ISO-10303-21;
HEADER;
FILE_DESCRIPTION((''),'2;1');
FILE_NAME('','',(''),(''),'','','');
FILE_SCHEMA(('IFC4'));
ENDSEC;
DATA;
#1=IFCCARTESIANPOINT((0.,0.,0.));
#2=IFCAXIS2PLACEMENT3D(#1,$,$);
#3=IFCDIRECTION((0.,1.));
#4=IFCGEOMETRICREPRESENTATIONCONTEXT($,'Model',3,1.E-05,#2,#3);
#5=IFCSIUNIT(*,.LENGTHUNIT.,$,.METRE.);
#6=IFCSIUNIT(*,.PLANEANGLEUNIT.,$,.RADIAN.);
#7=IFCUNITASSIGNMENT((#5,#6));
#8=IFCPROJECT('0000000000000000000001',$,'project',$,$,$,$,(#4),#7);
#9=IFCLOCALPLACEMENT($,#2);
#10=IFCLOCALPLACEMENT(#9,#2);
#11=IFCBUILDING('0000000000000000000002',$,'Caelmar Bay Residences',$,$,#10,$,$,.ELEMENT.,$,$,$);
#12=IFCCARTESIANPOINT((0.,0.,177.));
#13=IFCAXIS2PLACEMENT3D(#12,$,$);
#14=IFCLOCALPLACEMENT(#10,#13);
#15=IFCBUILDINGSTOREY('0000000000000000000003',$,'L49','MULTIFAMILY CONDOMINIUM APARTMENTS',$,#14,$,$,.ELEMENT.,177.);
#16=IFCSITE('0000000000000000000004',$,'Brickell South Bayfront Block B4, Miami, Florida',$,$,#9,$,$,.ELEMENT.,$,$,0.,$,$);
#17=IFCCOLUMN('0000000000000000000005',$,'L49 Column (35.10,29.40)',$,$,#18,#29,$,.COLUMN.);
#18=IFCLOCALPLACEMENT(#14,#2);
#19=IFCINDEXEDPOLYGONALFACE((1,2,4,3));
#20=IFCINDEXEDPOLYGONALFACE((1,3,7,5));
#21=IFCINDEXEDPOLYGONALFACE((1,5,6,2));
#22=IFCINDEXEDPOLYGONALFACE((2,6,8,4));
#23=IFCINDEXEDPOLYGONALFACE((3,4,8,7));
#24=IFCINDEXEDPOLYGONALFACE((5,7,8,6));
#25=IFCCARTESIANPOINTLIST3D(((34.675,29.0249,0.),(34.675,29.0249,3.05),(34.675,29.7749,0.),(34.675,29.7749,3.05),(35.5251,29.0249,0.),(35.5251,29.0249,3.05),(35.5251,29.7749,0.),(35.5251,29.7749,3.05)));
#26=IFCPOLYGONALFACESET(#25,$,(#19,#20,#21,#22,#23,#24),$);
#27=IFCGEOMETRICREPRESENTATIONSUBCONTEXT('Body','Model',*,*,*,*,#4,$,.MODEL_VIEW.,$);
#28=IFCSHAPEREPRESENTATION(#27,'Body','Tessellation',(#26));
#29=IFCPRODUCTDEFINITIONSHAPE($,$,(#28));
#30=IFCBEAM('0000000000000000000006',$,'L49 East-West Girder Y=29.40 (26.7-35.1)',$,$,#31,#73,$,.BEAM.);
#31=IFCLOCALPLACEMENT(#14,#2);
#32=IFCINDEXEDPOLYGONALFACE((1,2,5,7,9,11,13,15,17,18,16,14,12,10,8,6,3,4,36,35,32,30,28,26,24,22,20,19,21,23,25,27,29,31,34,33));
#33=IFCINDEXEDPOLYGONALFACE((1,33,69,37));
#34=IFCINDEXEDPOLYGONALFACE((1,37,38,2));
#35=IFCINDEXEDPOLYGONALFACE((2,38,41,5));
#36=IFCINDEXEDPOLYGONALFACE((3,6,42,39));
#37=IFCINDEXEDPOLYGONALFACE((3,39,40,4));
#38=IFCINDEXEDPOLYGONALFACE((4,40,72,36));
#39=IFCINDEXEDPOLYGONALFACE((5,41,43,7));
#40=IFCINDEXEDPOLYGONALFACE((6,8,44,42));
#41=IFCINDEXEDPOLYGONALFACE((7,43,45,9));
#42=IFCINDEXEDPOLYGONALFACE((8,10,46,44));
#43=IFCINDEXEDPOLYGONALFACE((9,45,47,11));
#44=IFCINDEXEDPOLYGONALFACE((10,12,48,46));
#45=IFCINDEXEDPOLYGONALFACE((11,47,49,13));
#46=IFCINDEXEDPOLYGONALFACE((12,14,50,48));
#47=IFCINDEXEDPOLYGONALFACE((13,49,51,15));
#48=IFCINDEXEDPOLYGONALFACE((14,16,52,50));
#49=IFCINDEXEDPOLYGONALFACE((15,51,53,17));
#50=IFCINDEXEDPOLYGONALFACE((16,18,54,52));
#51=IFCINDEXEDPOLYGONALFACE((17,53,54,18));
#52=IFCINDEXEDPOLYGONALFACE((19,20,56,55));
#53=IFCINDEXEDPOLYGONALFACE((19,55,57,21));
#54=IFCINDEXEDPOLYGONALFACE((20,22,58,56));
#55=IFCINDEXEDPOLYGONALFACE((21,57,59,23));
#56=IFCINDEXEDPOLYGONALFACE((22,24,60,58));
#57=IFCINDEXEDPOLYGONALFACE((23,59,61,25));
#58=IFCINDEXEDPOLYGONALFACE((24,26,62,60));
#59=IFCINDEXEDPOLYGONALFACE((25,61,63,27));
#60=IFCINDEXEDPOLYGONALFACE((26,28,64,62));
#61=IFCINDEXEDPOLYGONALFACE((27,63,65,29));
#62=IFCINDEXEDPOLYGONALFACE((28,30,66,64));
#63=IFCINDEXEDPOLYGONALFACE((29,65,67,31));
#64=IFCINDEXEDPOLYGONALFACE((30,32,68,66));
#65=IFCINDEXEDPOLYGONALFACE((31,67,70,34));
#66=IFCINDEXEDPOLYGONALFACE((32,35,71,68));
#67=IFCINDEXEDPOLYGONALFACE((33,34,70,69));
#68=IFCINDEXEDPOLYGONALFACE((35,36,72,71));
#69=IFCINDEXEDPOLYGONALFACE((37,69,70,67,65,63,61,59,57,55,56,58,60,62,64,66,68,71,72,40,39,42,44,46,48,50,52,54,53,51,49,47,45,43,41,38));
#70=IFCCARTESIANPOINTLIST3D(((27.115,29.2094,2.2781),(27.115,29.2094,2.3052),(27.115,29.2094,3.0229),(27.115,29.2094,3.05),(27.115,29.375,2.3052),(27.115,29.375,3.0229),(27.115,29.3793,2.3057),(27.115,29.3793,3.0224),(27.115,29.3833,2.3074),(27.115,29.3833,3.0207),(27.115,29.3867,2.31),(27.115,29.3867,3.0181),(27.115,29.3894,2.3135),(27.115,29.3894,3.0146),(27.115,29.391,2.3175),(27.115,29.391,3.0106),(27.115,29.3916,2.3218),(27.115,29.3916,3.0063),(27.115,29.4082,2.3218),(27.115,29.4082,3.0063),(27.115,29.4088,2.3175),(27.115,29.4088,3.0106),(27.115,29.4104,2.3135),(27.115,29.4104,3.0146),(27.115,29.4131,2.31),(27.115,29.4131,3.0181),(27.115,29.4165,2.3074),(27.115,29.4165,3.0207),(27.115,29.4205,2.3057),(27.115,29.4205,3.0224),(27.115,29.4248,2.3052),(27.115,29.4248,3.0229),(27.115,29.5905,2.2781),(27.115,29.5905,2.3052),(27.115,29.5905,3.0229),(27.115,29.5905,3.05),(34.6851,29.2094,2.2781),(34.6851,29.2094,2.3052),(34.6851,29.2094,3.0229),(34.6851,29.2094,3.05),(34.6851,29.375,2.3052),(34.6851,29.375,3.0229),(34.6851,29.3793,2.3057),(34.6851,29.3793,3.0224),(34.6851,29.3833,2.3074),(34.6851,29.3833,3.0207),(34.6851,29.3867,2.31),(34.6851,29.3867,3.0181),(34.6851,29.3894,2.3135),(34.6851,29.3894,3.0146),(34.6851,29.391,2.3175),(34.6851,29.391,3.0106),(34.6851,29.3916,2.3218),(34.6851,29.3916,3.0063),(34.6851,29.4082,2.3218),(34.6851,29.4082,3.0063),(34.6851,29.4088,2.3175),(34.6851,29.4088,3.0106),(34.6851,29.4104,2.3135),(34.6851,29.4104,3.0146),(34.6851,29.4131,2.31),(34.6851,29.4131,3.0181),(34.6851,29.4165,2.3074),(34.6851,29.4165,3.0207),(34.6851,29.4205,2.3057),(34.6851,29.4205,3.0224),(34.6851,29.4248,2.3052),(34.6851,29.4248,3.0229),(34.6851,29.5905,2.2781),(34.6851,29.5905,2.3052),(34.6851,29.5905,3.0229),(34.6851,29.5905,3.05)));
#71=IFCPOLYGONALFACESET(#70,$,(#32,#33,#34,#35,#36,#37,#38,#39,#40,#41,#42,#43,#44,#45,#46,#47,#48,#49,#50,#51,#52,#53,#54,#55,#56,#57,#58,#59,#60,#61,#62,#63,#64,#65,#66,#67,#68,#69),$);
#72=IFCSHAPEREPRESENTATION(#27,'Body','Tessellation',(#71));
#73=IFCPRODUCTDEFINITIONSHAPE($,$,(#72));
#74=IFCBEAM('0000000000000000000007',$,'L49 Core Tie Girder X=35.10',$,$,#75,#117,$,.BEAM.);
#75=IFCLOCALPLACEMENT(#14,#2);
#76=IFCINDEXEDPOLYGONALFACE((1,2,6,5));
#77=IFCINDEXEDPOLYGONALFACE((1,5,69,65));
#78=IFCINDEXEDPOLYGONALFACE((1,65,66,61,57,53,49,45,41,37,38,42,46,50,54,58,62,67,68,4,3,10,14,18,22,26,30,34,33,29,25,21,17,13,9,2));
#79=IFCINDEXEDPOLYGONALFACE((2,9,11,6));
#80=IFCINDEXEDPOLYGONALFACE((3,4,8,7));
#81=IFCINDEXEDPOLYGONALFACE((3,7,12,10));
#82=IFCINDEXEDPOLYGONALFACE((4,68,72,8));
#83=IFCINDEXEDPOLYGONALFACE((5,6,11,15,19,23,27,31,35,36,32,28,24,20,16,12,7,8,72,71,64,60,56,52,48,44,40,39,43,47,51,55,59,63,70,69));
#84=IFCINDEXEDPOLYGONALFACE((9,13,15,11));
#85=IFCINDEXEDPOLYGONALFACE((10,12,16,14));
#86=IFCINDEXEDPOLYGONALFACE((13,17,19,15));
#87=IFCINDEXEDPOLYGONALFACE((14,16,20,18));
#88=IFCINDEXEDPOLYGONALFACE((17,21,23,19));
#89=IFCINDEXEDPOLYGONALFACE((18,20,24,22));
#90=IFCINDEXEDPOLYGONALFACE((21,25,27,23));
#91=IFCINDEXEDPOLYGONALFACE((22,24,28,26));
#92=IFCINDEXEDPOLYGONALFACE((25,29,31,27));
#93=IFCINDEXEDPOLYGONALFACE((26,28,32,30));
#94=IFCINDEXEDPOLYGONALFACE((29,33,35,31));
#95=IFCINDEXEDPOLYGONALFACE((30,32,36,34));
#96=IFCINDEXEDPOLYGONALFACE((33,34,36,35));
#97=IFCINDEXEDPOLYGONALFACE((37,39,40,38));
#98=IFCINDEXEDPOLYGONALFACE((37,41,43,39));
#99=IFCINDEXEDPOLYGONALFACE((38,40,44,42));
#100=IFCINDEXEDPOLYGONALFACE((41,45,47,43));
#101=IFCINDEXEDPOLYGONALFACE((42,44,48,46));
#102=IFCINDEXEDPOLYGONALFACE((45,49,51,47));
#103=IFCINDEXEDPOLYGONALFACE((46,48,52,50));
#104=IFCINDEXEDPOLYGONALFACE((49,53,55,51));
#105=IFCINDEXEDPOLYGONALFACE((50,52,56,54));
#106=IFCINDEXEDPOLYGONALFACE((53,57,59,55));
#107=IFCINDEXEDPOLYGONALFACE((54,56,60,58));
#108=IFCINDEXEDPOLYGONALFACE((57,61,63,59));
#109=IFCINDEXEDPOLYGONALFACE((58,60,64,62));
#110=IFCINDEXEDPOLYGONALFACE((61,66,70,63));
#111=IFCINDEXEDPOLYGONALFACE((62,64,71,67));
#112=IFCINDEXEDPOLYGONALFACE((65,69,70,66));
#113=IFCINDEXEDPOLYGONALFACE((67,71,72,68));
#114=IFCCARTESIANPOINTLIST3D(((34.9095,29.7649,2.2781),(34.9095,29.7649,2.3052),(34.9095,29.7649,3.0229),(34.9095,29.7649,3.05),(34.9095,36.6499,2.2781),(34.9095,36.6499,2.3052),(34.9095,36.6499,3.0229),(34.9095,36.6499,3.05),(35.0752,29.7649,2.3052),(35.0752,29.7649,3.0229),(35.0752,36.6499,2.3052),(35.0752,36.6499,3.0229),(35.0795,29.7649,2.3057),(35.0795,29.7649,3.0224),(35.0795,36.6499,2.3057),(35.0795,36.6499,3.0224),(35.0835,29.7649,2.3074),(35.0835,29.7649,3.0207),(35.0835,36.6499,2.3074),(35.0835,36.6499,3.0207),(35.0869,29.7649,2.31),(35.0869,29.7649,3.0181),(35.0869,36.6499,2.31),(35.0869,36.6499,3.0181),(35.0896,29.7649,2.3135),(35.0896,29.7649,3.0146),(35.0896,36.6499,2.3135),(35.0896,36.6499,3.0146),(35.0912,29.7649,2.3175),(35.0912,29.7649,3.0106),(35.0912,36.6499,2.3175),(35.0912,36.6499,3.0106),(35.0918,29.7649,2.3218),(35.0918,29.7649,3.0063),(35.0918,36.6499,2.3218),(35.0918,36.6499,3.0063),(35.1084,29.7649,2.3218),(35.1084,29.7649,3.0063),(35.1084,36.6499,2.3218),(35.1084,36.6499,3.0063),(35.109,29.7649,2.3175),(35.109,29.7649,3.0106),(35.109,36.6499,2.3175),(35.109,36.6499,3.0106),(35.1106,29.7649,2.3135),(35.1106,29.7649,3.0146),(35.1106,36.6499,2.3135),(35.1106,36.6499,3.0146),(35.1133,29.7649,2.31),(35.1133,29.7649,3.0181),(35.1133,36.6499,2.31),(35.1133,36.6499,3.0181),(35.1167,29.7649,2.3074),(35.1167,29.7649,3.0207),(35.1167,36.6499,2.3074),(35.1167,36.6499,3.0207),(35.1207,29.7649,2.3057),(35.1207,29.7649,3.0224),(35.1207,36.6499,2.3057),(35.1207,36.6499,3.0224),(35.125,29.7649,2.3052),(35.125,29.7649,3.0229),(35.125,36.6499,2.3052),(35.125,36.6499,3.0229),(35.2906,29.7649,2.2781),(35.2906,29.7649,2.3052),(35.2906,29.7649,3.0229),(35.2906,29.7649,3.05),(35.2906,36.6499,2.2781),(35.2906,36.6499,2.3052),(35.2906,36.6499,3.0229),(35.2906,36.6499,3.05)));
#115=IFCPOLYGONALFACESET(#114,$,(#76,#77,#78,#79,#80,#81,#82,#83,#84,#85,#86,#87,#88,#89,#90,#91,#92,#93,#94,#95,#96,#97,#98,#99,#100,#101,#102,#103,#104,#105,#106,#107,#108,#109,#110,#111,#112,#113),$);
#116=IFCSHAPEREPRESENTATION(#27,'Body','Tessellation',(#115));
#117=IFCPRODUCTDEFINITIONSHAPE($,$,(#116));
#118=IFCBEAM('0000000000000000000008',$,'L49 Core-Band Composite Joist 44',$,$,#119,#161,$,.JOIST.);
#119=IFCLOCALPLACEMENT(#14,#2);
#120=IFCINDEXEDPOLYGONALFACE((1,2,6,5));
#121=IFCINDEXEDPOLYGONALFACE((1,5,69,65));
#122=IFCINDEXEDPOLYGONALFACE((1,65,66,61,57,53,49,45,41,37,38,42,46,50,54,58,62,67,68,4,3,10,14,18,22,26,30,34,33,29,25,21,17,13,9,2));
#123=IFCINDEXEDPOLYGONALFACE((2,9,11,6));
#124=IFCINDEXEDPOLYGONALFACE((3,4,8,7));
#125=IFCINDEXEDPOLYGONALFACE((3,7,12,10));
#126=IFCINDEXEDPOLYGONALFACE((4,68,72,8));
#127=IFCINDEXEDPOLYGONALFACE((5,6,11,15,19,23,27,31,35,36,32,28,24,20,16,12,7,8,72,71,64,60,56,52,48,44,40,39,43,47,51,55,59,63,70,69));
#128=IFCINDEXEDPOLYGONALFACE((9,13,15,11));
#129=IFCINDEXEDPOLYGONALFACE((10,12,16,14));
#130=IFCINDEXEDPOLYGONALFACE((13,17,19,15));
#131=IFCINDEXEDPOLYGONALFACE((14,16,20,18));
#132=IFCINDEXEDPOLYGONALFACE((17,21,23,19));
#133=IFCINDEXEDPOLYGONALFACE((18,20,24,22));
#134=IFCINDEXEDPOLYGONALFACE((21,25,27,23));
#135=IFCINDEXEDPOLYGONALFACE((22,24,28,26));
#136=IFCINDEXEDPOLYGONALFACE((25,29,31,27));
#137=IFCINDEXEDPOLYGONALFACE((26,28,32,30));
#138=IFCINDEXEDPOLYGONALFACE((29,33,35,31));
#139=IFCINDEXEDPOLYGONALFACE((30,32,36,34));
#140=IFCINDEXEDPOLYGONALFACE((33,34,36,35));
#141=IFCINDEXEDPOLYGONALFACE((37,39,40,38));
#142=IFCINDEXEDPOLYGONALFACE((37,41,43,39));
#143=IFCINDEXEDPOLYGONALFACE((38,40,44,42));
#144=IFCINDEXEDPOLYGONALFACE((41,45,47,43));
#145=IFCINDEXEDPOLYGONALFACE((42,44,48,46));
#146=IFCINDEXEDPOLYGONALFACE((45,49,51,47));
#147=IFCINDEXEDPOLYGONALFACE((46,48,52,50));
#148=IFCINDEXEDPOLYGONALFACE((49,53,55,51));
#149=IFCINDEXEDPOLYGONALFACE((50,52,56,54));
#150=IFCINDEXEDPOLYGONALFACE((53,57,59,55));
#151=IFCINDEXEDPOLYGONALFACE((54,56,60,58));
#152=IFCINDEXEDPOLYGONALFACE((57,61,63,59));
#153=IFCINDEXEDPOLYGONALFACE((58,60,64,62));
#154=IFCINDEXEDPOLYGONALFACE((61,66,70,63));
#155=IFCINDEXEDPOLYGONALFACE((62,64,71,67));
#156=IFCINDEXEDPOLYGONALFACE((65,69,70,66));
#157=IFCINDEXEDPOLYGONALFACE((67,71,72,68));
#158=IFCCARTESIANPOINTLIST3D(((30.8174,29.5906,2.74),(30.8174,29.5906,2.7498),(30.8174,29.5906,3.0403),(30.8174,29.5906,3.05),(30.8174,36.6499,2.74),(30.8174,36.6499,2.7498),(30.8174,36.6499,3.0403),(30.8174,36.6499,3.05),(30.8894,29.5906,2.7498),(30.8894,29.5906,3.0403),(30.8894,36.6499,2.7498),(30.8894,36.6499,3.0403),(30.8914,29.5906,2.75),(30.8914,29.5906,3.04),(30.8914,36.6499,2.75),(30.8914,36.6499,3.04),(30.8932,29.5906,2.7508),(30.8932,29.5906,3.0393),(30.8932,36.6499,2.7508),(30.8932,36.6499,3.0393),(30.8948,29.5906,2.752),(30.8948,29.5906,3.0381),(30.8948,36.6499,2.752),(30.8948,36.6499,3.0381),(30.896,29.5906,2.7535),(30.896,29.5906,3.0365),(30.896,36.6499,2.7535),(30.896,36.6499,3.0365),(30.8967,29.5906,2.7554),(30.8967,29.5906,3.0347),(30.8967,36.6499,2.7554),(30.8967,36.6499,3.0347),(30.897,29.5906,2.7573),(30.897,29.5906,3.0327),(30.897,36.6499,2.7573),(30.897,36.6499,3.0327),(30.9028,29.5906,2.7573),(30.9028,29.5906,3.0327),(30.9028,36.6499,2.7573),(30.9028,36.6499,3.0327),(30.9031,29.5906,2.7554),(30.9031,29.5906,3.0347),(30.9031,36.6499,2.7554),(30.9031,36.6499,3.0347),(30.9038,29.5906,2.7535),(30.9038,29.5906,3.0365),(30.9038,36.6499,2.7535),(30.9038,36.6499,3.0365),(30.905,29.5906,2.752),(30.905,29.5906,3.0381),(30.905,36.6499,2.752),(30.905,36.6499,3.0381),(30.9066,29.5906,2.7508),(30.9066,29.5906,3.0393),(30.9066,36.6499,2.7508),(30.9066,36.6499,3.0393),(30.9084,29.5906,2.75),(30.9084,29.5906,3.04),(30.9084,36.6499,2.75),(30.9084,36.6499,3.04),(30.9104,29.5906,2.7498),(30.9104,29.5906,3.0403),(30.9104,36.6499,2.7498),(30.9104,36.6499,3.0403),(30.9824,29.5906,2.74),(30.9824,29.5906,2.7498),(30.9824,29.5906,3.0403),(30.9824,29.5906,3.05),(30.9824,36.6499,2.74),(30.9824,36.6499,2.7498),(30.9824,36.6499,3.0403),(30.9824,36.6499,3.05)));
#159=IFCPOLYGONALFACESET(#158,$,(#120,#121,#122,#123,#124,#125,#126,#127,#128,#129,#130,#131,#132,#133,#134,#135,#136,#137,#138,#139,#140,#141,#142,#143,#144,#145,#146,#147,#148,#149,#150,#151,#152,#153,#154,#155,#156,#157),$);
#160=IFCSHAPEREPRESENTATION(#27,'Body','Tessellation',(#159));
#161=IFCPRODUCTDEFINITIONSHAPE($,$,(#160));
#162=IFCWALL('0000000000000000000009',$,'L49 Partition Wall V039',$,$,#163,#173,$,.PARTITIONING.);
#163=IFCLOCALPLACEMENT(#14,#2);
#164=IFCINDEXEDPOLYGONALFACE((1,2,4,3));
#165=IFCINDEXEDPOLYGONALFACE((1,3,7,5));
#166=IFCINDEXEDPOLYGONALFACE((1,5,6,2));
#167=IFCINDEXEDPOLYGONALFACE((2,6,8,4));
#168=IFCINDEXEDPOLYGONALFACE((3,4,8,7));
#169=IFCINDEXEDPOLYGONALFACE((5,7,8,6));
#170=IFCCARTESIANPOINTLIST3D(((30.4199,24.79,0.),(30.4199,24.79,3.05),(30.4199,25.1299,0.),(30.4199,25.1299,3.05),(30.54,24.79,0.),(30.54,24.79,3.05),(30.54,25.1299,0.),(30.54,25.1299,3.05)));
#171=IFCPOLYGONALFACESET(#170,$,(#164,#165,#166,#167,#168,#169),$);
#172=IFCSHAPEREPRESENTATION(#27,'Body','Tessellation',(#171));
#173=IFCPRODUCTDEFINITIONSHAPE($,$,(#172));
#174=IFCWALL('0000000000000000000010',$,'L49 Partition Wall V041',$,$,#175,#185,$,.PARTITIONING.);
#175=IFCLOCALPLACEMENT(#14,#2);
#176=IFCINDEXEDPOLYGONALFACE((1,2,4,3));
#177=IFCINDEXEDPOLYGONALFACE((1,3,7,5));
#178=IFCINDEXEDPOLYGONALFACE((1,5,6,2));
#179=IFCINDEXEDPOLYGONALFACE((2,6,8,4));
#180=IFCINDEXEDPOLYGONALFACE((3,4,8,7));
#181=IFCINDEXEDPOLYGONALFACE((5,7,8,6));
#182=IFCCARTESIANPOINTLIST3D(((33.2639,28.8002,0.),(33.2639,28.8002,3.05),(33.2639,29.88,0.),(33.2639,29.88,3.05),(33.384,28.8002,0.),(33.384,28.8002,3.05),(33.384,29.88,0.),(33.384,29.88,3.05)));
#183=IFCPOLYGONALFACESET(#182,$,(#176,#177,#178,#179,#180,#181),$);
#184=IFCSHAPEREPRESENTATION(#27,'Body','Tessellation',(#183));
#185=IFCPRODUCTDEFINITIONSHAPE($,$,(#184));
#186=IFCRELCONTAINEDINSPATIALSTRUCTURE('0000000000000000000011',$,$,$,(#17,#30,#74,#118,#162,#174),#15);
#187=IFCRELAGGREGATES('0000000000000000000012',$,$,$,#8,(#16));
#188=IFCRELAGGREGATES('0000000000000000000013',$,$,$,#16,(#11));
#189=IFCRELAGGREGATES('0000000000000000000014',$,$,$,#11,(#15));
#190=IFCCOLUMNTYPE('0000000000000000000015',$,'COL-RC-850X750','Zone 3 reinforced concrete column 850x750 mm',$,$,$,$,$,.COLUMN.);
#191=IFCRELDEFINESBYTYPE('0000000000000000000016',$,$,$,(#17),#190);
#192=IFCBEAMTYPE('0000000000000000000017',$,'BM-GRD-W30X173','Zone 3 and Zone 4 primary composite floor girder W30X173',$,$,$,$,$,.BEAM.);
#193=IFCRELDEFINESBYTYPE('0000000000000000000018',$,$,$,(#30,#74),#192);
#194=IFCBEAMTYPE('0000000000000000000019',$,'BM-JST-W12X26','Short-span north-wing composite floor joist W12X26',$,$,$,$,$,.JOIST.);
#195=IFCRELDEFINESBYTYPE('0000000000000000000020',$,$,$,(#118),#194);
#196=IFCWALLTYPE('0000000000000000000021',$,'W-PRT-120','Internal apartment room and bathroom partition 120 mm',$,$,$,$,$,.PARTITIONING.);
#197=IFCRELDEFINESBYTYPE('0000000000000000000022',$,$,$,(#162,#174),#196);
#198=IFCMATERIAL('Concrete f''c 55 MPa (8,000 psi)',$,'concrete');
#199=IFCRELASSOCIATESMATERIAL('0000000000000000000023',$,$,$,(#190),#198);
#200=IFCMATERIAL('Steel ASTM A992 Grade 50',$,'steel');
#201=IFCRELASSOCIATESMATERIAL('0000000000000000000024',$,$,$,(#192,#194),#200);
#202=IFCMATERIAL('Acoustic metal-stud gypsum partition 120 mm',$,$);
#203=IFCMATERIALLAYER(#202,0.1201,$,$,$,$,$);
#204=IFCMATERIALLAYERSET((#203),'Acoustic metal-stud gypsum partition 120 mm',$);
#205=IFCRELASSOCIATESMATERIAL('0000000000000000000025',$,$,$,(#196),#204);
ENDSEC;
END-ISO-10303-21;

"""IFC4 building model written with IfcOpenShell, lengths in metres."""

from ifc_helpers import new_model, si_unit, direction, frame, frame_2d, origin, origin_2d, place, context, subcontext, project, spatial, rectangle, i_section, extrude, material, layer, layer_set, material_profile, profile_set, type_object, element, save


model = new_model("IFC4")

# Units and contexts
model_context = context("Model", 3, precision=1e-05, world=origin(), true_north=direction((0.0, 1.0)))
body_context = subcontext(model_context, "Body", "Model", "MODEL_VIEW")
ifc_project = project(units=[si_unit("LENGTHUNIT", "METRE"), si_unit("PLANEANGLEUNIT", "RADIAN")], contexts=[model_context])

# Site, building, storey
site_placement = place(None, origin())
site = spatial("IfcSite", under=ifc_project, at=site_placement, Name="Brickell South Bayfront Block B4, Miami, Florida", CompositionType="ELEMENT", RefElevation=0.0)
building_placement = place(site_placement, origin())
building = spatial("IfcBuilding", under=site, at=building_placement, Name="Caelmar Bay Residences", CompositionType="ELEMENT")
storey_placement = place(building_placement, frame((0.0, 0.0, 177.0)))
storey = spatial("IfcBuildingStorey", under=building, at=storey_placement, Name="L49", Description="MULTIFAMILY CONDOMINIUM APARTMENTS", CompositionType="ELEMENT", Elevation=177.0)

# Column
ifc_material_1 = material(Name="Concrete f'c 55 MPa (8,000 psi)", Category="concrete")
ifc_material_profile_1 = material_profile(ifc_material_1, rectangle(XDim=0.8501, YDim=0.75, at=origin_2d()), Name="RC-COL-850X750")
ifc_profile_set_1 = profile_set([ifc_material_profile_1], Name="Concrete f'c 55 MPa (8,000 psi)")
column_type = type_object("IfcColumnType", Name="COL-RC-850X750", Description="Zone 3 reinforced concrete column 850x750 mm", PredefinedType="COLUMN", material=ifc_profile_set_1)
column_placement = place(storey_placement, frame((35.1001, 29.3999, 0.0), z_axis=(0.0, 0.0, 1.0), x_axis=(1.0, 0.0, 0.0)))
element("IfcColumn", 1, at=column_placement, inside=storey, type_object=column_type, Name="L49 Column (35.10,29.40)", PredefinedType="COLUMN", context=body_context, shape_type="SweptSolid", body=[
    extrude(rectangle(XDim=0.8501, YDim=0.75, at=origin_2d()), origin(), (0.0, 0.0, 1.0), 3.05),
])

# Beams
ifc_material_2 = material(Name="Steel ASTM A992 Grade 50", Category="steel")
ifc_material_profile_2 = material_profile(ifc_material_2, i_section(OverallWidth=0.3811, OverallDepth=0.772, WebThickness=0.0166, FlangeThickness=0.0271, FilletRadius=0.0166, at=origin_2d()), Name="W30X173")
ifc_profile_set_2 = profile_set([ifc_material_profile_2], Name="Steel ASTM A992 Grade 50")
beam_type_1 = type_object("IfcBeamType", Name="BM-GRD-W30X173", Description="Zone 3 and Zone 4 primary composite floor girder W30X173", PredefinedType="BEAM", material=ifc_profile_set_2)
beam_1_placement = place(storey_placement, frame((27.115, 29.3999, 2.6641), z_axis=(1.0, 0.0, 0.0), x_axis=(0.0, 1.0, 0.0)))
element("IfcBeam", 2, at=beam_1_placement, inside=storey, type_object=beam_type_1, Name="L49 East-West Girder Y=29.40 (26.7-35.1)", PredefinedType="BEAM", context=body_context, shape_type="SweptSolid", body=[
    extrude(i_section(OverallWidth=0.3811, OverallDepth=0.772, WebThickness=0.0166, FlangeThickness=0.0271, FilletRadius=0.0166, at=origin_2d()), origin(), (0.0, 0.0, 1.0), 7.5701),
])
beam_2_placement = place(storey_placement, frame((35.1001, 29.7649, 2.6641), z_axis=(0.0, 1.0, 0.0), x_axis=(-1.0, 0.0, 0.0)))
element("IfcBeam", 3, at=beam_2_placement, inside=storey, type_object=beam_type_1, Name="L49 Core Tie Girder X=35.10", PredefinedType="BEAM", context=body_context, shape_type="SweptSolid", body=[
    extrude(i_section(OverallWidth=0.3811, OverallDepth=0.772, WebThickness=0.0166, FlangeThickness=0.0271, FilletRadius=0.0166, at=origin_2d()), origin(), (0.0, 0.0, 1.0), 6.885),
])
ifc_material_profile_3 = material_profile(ifc_material_2, i_section(OverallWidth=0.165, OverallDepth=0.3101, WebThickness=0.0059, FlangeThickness=0.0098, FilletRadius=0.0076, at=origin_2d()), Name="W12X26")
ifc_profile_set_3 = profile_set([ifc_material_profile_3], Name="Steel ASTM A992 Grade 50")
beam_type_2 = type_object("IfcBeamType", Name="BM-JST-W12X26", Description="Short-span north-wing composite floor joist W12X26", PredefinedType="JOIST", material=ifc_profile_set_3)
beam_3_placement = place(storey_placement, frame((30.8999, 29.5906, 2.895), z_axis=(0.0, 1.0, 0.0), x_axis=(-1.0, 0.0, 0.0)))
element("IfcBeam", 4, at=beam_3_placement, inside=storey, type_object=beam_type_2, Name="L49 Core-Band Composite Joist 44", PredefinedType="JOIST", context=body_context, shape_type="SweptSolid", body=[
    extrude(i_section(OverallWidth=0.165, OverallDepth=0.3101, WebThickness=0.0059, FlangeThickness=0.0098, FilletRadius=0.0076, at=origin_2d()), origin(), (0.0, 0.0, 1.0), 7.0593),
])

# Wall
ifc_material_3 = material(Name="Acoustic metal-stud gypsum partition 120 mm")
ifc_layer_1 = layer(ifc_material_3, 0.1201)
ifc_layer_set_1 = layer_set([ifc_layer_1], Name="Acoustic metal-stud gypsum partition 120 mm")
wall_type_1 = type_object("IfcWallType", Name="W-PRT-120", Description="Internal apartment room and bathroom partition 120 mm", PredefinedType="PARTITIONING", material=ifc_layer_set_1)
wall_1_placement = place(storey_placement, frame((30.48, 24.79, 0.0), z_axis=(0.0, 0.0, 1.0), x_axis=(0.0, 1.0, 0.0)))
element("IfcWall", 5, at=wall_1_placement, inside=storey, type_object=wall_type_1, Name="L49 Partition Wall V039", PredefinedType="PARTITIONING", context=body_context, shape_type="SweptSolid", body=[
    extrude(rectangle(XDim=0.3398, YDim=0.1201, at=frame_2d((0.1699, 0.0))), origin(), (0.0, 0.0, 1.0), 3.05),
])

# Wall
wall_2_placement = place(storey_placement, frame((33.324, 28.8, 0.0), z_axis=(0.0, 0.0, 1.0), x_axis=(0.0, 1.0, 0.0)))
element("IfcWall", 6, at=wall_2_placement, inside=storey, type_object=wall_type_1, Name="L49 Partition Wall V041", PredefinedType="PARTITIONING", context=body_context, shape_type="SweptSolid", body=[
    extrude(rectangle(XDim=1.0798, YDim=0.1201, at=frame_2d((0.54, 0.0))), origin(), (0.0, 0.0, 1.0), 3.05),
])

save(model, "model.ifc")
